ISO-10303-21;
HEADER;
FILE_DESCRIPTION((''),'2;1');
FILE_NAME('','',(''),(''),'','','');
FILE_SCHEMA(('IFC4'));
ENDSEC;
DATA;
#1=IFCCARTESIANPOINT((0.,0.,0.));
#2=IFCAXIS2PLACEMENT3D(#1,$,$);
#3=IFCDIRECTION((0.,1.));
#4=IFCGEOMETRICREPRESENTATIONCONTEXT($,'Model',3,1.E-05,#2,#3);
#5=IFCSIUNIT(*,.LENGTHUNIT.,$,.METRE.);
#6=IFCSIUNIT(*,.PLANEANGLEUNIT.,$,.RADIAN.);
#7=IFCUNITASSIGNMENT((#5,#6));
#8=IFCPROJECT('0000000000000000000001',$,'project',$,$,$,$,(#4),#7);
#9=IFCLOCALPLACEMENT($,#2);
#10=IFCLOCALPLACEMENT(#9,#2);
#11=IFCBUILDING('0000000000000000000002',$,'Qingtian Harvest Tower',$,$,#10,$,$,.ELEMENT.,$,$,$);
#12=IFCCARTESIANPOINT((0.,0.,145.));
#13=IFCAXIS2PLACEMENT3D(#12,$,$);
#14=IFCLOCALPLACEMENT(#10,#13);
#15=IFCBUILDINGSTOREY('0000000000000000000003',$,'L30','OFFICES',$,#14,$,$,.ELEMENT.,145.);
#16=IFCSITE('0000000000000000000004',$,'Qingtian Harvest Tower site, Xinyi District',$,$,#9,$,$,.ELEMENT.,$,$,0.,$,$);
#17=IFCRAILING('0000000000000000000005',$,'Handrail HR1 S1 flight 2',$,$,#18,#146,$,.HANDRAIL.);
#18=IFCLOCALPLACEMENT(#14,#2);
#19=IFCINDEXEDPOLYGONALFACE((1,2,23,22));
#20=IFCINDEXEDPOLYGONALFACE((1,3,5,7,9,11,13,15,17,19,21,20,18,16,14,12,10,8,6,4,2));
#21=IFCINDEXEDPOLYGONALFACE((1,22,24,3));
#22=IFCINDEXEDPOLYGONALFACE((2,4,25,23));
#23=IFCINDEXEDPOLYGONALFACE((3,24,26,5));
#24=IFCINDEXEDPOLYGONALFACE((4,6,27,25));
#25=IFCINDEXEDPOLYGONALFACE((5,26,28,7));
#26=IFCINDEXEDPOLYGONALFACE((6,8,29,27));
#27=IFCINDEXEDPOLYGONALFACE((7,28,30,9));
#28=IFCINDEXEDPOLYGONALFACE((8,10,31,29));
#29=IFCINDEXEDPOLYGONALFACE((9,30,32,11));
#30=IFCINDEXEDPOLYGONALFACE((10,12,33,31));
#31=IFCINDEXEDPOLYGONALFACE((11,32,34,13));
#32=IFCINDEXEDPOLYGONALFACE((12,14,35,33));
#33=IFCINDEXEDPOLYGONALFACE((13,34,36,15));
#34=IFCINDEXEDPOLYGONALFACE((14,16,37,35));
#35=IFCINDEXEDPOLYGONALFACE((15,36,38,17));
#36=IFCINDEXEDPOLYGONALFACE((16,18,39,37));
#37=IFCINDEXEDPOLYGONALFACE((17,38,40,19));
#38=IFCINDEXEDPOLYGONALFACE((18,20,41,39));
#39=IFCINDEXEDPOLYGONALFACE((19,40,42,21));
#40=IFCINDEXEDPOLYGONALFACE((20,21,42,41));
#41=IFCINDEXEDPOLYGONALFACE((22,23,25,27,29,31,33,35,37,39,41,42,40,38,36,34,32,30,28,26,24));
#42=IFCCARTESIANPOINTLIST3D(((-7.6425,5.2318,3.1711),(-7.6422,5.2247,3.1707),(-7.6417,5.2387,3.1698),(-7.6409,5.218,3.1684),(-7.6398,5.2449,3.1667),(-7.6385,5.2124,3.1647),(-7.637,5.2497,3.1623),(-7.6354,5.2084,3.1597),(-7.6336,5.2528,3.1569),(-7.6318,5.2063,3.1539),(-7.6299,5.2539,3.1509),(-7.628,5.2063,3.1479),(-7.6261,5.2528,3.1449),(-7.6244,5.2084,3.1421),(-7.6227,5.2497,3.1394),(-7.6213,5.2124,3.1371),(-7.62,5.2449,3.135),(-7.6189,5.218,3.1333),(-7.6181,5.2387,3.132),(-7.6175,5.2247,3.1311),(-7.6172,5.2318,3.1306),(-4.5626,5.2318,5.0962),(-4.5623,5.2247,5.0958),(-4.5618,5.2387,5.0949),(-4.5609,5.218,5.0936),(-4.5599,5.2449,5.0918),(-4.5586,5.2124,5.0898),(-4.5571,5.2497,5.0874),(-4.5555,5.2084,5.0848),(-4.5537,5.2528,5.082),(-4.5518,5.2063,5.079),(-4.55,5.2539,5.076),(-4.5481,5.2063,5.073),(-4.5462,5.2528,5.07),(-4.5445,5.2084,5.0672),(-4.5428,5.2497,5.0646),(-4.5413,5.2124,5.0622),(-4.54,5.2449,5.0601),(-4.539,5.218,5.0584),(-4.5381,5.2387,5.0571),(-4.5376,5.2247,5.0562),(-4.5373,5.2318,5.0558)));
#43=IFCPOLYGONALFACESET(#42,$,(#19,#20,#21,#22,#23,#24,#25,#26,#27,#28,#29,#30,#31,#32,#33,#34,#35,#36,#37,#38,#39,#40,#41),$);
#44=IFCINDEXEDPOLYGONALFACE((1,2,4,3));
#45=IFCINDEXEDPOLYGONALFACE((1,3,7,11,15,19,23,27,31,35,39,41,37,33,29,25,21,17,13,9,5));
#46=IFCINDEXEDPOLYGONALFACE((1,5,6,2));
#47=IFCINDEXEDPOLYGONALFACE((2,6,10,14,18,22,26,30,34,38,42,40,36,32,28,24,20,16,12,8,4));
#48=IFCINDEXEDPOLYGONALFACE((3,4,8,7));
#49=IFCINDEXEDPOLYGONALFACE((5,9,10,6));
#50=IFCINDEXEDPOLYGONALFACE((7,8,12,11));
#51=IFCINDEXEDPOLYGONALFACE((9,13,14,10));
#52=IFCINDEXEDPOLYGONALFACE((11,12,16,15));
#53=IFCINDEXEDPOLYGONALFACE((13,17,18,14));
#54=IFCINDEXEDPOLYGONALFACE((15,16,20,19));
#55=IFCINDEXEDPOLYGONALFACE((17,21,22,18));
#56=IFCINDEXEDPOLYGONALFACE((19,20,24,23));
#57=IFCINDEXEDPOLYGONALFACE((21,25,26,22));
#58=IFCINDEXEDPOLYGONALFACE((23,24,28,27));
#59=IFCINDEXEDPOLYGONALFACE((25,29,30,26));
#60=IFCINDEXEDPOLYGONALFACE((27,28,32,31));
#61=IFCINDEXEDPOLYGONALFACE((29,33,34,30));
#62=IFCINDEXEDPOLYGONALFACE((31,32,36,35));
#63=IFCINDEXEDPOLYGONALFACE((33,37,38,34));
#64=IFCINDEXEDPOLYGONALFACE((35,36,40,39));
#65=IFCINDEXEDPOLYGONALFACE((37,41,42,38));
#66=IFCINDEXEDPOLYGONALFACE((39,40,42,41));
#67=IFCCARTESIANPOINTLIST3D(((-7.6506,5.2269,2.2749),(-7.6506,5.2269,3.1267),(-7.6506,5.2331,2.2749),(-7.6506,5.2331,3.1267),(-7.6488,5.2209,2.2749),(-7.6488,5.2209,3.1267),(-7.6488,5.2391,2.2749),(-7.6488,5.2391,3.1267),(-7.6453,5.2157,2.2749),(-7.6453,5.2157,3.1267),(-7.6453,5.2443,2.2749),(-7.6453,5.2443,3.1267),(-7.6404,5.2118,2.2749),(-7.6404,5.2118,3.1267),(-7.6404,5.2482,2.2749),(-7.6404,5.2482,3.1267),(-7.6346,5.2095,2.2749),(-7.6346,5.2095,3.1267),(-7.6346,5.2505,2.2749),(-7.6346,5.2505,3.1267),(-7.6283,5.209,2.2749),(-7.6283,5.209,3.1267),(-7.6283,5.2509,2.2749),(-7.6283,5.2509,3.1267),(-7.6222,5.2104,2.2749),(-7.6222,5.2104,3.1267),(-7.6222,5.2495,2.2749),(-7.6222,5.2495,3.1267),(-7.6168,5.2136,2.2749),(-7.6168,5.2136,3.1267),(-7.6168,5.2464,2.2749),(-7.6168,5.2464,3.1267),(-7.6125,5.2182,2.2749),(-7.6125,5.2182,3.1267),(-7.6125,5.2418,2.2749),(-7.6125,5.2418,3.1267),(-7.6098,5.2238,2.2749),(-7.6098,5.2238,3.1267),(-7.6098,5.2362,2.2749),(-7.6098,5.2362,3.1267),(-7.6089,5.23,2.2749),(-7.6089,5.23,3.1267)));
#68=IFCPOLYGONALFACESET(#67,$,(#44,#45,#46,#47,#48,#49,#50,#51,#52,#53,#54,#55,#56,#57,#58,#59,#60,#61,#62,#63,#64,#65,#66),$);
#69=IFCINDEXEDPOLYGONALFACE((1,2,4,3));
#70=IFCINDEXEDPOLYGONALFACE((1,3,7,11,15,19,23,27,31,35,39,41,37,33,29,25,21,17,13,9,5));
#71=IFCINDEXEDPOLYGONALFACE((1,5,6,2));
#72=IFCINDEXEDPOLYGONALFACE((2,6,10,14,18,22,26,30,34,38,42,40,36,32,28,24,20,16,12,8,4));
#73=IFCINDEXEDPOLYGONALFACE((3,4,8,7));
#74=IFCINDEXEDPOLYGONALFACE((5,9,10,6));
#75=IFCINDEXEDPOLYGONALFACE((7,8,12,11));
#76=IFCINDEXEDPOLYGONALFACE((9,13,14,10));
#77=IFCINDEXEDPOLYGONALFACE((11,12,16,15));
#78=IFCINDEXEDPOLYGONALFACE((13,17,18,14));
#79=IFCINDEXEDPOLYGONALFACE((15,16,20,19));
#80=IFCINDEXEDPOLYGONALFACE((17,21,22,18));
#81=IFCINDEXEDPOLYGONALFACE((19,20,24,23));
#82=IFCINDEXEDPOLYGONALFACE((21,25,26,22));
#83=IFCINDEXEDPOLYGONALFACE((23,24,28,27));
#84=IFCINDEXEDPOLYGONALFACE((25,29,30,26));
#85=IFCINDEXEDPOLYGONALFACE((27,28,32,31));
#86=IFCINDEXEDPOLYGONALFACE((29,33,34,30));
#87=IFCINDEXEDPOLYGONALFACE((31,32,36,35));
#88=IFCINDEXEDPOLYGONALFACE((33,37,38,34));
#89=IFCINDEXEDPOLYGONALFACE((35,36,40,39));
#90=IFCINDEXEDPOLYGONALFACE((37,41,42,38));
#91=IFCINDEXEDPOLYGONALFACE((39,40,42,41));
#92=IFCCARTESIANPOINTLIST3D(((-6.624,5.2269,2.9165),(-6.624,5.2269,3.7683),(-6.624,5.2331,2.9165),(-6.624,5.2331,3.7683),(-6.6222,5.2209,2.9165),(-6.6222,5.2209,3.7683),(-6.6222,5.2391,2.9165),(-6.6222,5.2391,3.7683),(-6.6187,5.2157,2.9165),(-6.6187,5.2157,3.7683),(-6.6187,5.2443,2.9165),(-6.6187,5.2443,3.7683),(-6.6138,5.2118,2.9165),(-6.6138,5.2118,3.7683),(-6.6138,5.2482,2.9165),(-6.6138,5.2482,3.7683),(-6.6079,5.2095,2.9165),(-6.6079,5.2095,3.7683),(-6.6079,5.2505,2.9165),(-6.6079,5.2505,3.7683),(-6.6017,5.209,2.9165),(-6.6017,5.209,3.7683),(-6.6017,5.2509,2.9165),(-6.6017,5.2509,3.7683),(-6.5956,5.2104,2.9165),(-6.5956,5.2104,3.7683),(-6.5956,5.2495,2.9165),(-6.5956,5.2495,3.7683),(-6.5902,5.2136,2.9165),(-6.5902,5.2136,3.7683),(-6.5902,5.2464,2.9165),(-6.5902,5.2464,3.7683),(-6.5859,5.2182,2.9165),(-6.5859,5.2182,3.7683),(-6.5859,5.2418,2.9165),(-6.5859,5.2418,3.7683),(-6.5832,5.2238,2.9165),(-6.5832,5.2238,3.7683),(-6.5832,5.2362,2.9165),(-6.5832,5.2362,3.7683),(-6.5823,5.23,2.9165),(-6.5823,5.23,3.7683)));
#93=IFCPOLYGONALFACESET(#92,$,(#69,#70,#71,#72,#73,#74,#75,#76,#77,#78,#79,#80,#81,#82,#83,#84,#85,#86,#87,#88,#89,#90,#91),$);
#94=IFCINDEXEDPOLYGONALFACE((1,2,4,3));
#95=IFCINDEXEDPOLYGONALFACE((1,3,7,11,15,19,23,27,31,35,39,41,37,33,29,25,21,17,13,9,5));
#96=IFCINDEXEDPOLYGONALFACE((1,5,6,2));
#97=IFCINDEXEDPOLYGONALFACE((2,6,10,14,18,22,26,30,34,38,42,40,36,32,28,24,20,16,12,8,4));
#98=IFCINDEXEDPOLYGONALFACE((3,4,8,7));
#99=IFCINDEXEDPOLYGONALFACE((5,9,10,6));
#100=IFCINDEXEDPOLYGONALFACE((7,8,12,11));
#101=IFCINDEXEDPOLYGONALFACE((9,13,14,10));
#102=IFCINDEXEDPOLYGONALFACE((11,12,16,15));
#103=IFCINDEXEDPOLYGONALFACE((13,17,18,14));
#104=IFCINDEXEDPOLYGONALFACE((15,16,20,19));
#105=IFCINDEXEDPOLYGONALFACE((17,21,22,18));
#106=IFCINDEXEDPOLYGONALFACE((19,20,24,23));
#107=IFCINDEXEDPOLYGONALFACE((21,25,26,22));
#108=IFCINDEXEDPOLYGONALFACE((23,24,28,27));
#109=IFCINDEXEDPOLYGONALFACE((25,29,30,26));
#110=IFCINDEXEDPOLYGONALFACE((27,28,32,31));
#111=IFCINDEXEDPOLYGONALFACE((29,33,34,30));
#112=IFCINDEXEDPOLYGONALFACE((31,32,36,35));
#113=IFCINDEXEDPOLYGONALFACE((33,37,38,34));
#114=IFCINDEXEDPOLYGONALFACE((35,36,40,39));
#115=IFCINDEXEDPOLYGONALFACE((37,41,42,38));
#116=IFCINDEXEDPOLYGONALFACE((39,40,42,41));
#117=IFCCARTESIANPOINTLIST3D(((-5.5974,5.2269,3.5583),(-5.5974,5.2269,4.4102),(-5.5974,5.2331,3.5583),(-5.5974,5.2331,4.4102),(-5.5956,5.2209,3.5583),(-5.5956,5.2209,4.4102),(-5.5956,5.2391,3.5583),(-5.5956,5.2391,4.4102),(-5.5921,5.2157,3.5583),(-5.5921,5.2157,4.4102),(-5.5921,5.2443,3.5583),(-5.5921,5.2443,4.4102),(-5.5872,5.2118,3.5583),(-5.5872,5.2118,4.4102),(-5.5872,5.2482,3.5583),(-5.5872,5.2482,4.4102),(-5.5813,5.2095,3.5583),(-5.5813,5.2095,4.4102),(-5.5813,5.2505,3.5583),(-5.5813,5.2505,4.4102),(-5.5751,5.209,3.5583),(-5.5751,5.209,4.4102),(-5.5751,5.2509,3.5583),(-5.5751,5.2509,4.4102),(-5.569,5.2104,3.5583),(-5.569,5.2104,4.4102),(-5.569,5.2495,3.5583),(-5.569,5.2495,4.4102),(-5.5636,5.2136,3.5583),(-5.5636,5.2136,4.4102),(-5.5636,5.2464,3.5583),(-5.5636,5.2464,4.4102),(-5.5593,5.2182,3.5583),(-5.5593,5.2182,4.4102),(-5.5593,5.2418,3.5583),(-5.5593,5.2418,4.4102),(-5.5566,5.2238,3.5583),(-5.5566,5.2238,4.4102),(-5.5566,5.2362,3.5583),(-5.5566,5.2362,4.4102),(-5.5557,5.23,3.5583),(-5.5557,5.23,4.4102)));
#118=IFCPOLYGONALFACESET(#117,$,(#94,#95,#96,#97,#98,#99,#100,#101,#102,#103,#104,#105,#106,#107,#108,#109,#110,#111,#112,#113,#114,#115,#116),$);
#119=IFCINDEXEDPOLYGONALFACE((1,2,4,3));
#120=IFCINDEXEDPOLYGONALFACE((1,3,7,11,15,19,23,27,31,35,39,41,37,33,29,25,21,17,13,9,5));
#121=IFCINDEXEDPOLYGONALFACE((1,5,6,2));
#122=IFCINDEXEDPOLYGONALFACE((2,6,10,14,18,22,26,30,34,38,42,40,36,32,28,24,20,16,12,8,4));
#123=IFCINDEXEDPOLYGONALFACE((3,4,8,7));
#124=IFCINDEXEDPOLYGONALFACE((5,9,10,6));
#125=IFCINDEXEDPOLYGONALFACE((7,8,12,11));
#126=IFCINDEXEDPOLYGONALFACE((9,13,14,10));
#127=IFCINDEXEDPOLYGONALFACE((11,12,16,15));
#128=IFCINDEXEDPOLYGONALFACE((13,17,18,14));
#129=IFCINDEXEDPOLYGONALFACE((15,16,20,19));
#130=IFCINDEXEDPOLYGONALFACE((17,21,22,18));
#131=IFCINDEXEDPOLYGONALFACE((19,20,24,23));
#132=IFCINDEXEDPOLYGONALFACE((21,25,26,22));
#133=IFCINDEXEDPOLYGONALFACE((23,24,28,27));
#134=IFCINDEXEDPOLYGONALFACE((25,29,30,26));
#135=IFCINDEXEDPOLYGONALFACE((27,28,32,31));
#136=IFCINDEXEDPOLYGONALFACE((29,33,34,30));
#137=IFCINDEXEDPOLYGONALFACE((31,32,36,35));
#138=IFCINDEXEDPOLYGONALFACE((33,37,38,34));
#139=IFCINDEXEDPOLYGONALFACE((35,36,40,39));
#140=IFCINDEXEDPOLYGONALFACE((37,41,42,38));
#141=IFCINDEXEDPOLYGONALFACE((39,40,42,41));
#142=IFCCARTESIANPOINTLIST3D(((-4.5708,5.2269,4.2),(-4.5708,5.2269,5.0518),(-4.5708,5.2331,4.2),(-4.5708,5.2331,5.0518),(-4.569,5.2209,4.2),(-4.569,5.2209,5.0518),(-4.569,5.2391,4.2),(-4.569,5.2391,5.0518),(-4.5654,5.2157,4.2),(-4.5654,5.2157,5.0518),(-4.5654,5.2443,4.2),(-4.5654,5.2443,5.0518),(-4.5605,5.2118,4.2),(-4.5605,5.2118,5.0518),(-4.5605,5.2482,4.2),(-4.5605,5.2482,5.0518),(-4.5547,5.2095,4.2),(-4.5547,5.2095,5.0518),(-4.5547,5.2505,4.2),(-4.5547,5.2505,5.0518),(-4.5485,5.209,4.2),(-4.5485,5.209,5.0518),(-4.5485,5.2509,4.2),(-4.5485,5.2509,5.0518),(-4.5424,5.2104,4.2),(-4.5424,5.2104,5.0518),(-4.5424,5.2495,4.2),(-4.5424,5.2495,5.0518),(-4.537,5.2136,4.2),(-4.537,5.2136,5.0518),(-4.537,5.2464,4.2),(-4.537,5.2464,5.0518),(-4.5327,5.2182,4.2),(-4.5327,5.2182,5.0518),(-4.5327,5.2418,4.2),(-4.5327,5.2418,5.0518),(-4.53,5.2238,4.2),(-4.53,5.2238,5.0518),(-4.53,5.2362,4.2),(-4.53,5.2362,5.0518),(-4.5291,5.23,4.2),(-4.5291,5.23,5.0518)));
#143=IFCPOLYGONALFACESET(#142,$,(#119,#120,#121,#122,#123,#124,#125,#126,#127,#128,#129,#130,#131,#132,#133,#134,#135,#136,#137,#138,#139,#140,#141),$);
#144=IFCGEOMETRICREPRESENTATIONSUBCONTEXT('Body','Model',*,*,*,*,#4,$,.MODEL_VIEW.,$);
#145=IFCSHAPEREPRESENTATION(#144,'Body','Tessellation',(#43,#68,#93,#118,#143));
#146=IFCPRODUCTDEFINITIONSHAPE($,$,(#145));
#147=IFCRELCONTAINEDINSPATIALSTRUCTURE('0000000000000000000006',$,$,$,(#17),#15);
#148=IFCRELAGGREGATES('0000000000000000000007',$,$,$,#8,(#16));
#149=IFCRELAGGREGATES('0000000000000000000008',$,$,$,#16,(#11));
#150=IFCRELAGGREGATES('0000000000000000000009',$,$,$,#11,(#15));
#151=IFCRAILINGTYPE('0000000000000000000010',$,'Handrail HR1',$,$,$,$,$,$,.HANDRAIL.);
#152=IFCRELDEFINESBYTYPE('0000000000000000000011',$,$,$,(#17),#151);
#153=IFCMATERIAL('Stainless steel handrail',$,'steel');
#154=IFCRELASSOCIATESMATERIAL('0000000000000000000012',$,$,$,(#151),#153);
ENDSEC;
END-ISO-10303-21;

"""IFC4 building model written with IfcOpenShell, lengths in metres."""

from ifc_helpers import new_model, si_unit, direction, frame, origin, origin_2d, place, context, subcontext, project, spatial, circle, extrude, material, type_object, element, save


model = new_model("IFC4")

# Units and contexts
model_context = context("Model", 3, precision=1e-05, world=origin(), true_north=direction((0.0, 1.0)))
body_context = subcontext(model_context, "Body", "Model", "MODEL_VIEW")
ifc_project = project(units=[si_unit("LENGTHUNIT", "METRE"), si_unit("PLANEANGLEUNIT", "RADIAN")], contexts=[model_context])

# Site, building, storey
site_placement = place(None, origin())
site = spatial("IfcSite", under=ifc_project, at=site_placement, Name="Qingtian Harvest Tower site, Xinyi District", CompositionType="ELEMENT", RefElevation=0.0)
building_placement = place(site_placement, origin())
building = spatial("IfcBuilding", under=site, at=building_placement, Name="Qingtian Harvest Tower", CompositionType="ELEMENT")
storey_placement = place(building_placement, frame((0.0, 0.0, 145.0)))
storey = spatial("IfcBuildingStorey", under=building, at=storey_placement, Name="L30", Description="OFFICES", CompositionType="ELEMENT", Elevation=145.0)

# Railing
ifc_material_1 = material(Name="Stainless steel handrail", Category="steel")
railing_type = type_object("IfcRailingType", Name="Handrail HR1", PredefinedType="HANDRAIL", material=ifc_material_1)
railing_placement = place(storey_placement, frame((-7.6299, 5.23, 2.2749)))
element("IfcRailing", 1, at=railing_placement, inside=storey, type_object=railing_type, Name="Handrail HR1 S1 flight 2", PredefinedType="HANDRAIL", context=body_context, shape_type="SweptSolid", body=[
    extrude(circle(Radius=0.0239, at=origin_2d()), frame((0.0, 0.0, 0.876), z_axis=(0.847979, 0.0, 0.530029), x_axis=(0.0, 1.0, 0.0)), (0.0, 0.0, 1.0), 3.6321),
    extrude(circle(Radius=0.021, at=origin_2d()), origin(), (0.0, 0.0, 1.0), 0.8518),
    extrude(circle(Radius=0.021, at=origin_2d()), frame((1.0266, 0.0, 0.6416)), (0.0, 0.0, 1.0), 0.8518),
    extrude(circle(Radius=0.021, at=origin_2d()), frame((2.0532, 0.0, 1.2834)), (0.0, 0.0, 1.0), 0.8518),
    extrude(circle(Radius=0.021, at=origin_2d()), frame((3.0798, 0.0, 1.925)), (0.0, 0.0, 1.0), 0.8518),
])

save(model, "model.ifc")
